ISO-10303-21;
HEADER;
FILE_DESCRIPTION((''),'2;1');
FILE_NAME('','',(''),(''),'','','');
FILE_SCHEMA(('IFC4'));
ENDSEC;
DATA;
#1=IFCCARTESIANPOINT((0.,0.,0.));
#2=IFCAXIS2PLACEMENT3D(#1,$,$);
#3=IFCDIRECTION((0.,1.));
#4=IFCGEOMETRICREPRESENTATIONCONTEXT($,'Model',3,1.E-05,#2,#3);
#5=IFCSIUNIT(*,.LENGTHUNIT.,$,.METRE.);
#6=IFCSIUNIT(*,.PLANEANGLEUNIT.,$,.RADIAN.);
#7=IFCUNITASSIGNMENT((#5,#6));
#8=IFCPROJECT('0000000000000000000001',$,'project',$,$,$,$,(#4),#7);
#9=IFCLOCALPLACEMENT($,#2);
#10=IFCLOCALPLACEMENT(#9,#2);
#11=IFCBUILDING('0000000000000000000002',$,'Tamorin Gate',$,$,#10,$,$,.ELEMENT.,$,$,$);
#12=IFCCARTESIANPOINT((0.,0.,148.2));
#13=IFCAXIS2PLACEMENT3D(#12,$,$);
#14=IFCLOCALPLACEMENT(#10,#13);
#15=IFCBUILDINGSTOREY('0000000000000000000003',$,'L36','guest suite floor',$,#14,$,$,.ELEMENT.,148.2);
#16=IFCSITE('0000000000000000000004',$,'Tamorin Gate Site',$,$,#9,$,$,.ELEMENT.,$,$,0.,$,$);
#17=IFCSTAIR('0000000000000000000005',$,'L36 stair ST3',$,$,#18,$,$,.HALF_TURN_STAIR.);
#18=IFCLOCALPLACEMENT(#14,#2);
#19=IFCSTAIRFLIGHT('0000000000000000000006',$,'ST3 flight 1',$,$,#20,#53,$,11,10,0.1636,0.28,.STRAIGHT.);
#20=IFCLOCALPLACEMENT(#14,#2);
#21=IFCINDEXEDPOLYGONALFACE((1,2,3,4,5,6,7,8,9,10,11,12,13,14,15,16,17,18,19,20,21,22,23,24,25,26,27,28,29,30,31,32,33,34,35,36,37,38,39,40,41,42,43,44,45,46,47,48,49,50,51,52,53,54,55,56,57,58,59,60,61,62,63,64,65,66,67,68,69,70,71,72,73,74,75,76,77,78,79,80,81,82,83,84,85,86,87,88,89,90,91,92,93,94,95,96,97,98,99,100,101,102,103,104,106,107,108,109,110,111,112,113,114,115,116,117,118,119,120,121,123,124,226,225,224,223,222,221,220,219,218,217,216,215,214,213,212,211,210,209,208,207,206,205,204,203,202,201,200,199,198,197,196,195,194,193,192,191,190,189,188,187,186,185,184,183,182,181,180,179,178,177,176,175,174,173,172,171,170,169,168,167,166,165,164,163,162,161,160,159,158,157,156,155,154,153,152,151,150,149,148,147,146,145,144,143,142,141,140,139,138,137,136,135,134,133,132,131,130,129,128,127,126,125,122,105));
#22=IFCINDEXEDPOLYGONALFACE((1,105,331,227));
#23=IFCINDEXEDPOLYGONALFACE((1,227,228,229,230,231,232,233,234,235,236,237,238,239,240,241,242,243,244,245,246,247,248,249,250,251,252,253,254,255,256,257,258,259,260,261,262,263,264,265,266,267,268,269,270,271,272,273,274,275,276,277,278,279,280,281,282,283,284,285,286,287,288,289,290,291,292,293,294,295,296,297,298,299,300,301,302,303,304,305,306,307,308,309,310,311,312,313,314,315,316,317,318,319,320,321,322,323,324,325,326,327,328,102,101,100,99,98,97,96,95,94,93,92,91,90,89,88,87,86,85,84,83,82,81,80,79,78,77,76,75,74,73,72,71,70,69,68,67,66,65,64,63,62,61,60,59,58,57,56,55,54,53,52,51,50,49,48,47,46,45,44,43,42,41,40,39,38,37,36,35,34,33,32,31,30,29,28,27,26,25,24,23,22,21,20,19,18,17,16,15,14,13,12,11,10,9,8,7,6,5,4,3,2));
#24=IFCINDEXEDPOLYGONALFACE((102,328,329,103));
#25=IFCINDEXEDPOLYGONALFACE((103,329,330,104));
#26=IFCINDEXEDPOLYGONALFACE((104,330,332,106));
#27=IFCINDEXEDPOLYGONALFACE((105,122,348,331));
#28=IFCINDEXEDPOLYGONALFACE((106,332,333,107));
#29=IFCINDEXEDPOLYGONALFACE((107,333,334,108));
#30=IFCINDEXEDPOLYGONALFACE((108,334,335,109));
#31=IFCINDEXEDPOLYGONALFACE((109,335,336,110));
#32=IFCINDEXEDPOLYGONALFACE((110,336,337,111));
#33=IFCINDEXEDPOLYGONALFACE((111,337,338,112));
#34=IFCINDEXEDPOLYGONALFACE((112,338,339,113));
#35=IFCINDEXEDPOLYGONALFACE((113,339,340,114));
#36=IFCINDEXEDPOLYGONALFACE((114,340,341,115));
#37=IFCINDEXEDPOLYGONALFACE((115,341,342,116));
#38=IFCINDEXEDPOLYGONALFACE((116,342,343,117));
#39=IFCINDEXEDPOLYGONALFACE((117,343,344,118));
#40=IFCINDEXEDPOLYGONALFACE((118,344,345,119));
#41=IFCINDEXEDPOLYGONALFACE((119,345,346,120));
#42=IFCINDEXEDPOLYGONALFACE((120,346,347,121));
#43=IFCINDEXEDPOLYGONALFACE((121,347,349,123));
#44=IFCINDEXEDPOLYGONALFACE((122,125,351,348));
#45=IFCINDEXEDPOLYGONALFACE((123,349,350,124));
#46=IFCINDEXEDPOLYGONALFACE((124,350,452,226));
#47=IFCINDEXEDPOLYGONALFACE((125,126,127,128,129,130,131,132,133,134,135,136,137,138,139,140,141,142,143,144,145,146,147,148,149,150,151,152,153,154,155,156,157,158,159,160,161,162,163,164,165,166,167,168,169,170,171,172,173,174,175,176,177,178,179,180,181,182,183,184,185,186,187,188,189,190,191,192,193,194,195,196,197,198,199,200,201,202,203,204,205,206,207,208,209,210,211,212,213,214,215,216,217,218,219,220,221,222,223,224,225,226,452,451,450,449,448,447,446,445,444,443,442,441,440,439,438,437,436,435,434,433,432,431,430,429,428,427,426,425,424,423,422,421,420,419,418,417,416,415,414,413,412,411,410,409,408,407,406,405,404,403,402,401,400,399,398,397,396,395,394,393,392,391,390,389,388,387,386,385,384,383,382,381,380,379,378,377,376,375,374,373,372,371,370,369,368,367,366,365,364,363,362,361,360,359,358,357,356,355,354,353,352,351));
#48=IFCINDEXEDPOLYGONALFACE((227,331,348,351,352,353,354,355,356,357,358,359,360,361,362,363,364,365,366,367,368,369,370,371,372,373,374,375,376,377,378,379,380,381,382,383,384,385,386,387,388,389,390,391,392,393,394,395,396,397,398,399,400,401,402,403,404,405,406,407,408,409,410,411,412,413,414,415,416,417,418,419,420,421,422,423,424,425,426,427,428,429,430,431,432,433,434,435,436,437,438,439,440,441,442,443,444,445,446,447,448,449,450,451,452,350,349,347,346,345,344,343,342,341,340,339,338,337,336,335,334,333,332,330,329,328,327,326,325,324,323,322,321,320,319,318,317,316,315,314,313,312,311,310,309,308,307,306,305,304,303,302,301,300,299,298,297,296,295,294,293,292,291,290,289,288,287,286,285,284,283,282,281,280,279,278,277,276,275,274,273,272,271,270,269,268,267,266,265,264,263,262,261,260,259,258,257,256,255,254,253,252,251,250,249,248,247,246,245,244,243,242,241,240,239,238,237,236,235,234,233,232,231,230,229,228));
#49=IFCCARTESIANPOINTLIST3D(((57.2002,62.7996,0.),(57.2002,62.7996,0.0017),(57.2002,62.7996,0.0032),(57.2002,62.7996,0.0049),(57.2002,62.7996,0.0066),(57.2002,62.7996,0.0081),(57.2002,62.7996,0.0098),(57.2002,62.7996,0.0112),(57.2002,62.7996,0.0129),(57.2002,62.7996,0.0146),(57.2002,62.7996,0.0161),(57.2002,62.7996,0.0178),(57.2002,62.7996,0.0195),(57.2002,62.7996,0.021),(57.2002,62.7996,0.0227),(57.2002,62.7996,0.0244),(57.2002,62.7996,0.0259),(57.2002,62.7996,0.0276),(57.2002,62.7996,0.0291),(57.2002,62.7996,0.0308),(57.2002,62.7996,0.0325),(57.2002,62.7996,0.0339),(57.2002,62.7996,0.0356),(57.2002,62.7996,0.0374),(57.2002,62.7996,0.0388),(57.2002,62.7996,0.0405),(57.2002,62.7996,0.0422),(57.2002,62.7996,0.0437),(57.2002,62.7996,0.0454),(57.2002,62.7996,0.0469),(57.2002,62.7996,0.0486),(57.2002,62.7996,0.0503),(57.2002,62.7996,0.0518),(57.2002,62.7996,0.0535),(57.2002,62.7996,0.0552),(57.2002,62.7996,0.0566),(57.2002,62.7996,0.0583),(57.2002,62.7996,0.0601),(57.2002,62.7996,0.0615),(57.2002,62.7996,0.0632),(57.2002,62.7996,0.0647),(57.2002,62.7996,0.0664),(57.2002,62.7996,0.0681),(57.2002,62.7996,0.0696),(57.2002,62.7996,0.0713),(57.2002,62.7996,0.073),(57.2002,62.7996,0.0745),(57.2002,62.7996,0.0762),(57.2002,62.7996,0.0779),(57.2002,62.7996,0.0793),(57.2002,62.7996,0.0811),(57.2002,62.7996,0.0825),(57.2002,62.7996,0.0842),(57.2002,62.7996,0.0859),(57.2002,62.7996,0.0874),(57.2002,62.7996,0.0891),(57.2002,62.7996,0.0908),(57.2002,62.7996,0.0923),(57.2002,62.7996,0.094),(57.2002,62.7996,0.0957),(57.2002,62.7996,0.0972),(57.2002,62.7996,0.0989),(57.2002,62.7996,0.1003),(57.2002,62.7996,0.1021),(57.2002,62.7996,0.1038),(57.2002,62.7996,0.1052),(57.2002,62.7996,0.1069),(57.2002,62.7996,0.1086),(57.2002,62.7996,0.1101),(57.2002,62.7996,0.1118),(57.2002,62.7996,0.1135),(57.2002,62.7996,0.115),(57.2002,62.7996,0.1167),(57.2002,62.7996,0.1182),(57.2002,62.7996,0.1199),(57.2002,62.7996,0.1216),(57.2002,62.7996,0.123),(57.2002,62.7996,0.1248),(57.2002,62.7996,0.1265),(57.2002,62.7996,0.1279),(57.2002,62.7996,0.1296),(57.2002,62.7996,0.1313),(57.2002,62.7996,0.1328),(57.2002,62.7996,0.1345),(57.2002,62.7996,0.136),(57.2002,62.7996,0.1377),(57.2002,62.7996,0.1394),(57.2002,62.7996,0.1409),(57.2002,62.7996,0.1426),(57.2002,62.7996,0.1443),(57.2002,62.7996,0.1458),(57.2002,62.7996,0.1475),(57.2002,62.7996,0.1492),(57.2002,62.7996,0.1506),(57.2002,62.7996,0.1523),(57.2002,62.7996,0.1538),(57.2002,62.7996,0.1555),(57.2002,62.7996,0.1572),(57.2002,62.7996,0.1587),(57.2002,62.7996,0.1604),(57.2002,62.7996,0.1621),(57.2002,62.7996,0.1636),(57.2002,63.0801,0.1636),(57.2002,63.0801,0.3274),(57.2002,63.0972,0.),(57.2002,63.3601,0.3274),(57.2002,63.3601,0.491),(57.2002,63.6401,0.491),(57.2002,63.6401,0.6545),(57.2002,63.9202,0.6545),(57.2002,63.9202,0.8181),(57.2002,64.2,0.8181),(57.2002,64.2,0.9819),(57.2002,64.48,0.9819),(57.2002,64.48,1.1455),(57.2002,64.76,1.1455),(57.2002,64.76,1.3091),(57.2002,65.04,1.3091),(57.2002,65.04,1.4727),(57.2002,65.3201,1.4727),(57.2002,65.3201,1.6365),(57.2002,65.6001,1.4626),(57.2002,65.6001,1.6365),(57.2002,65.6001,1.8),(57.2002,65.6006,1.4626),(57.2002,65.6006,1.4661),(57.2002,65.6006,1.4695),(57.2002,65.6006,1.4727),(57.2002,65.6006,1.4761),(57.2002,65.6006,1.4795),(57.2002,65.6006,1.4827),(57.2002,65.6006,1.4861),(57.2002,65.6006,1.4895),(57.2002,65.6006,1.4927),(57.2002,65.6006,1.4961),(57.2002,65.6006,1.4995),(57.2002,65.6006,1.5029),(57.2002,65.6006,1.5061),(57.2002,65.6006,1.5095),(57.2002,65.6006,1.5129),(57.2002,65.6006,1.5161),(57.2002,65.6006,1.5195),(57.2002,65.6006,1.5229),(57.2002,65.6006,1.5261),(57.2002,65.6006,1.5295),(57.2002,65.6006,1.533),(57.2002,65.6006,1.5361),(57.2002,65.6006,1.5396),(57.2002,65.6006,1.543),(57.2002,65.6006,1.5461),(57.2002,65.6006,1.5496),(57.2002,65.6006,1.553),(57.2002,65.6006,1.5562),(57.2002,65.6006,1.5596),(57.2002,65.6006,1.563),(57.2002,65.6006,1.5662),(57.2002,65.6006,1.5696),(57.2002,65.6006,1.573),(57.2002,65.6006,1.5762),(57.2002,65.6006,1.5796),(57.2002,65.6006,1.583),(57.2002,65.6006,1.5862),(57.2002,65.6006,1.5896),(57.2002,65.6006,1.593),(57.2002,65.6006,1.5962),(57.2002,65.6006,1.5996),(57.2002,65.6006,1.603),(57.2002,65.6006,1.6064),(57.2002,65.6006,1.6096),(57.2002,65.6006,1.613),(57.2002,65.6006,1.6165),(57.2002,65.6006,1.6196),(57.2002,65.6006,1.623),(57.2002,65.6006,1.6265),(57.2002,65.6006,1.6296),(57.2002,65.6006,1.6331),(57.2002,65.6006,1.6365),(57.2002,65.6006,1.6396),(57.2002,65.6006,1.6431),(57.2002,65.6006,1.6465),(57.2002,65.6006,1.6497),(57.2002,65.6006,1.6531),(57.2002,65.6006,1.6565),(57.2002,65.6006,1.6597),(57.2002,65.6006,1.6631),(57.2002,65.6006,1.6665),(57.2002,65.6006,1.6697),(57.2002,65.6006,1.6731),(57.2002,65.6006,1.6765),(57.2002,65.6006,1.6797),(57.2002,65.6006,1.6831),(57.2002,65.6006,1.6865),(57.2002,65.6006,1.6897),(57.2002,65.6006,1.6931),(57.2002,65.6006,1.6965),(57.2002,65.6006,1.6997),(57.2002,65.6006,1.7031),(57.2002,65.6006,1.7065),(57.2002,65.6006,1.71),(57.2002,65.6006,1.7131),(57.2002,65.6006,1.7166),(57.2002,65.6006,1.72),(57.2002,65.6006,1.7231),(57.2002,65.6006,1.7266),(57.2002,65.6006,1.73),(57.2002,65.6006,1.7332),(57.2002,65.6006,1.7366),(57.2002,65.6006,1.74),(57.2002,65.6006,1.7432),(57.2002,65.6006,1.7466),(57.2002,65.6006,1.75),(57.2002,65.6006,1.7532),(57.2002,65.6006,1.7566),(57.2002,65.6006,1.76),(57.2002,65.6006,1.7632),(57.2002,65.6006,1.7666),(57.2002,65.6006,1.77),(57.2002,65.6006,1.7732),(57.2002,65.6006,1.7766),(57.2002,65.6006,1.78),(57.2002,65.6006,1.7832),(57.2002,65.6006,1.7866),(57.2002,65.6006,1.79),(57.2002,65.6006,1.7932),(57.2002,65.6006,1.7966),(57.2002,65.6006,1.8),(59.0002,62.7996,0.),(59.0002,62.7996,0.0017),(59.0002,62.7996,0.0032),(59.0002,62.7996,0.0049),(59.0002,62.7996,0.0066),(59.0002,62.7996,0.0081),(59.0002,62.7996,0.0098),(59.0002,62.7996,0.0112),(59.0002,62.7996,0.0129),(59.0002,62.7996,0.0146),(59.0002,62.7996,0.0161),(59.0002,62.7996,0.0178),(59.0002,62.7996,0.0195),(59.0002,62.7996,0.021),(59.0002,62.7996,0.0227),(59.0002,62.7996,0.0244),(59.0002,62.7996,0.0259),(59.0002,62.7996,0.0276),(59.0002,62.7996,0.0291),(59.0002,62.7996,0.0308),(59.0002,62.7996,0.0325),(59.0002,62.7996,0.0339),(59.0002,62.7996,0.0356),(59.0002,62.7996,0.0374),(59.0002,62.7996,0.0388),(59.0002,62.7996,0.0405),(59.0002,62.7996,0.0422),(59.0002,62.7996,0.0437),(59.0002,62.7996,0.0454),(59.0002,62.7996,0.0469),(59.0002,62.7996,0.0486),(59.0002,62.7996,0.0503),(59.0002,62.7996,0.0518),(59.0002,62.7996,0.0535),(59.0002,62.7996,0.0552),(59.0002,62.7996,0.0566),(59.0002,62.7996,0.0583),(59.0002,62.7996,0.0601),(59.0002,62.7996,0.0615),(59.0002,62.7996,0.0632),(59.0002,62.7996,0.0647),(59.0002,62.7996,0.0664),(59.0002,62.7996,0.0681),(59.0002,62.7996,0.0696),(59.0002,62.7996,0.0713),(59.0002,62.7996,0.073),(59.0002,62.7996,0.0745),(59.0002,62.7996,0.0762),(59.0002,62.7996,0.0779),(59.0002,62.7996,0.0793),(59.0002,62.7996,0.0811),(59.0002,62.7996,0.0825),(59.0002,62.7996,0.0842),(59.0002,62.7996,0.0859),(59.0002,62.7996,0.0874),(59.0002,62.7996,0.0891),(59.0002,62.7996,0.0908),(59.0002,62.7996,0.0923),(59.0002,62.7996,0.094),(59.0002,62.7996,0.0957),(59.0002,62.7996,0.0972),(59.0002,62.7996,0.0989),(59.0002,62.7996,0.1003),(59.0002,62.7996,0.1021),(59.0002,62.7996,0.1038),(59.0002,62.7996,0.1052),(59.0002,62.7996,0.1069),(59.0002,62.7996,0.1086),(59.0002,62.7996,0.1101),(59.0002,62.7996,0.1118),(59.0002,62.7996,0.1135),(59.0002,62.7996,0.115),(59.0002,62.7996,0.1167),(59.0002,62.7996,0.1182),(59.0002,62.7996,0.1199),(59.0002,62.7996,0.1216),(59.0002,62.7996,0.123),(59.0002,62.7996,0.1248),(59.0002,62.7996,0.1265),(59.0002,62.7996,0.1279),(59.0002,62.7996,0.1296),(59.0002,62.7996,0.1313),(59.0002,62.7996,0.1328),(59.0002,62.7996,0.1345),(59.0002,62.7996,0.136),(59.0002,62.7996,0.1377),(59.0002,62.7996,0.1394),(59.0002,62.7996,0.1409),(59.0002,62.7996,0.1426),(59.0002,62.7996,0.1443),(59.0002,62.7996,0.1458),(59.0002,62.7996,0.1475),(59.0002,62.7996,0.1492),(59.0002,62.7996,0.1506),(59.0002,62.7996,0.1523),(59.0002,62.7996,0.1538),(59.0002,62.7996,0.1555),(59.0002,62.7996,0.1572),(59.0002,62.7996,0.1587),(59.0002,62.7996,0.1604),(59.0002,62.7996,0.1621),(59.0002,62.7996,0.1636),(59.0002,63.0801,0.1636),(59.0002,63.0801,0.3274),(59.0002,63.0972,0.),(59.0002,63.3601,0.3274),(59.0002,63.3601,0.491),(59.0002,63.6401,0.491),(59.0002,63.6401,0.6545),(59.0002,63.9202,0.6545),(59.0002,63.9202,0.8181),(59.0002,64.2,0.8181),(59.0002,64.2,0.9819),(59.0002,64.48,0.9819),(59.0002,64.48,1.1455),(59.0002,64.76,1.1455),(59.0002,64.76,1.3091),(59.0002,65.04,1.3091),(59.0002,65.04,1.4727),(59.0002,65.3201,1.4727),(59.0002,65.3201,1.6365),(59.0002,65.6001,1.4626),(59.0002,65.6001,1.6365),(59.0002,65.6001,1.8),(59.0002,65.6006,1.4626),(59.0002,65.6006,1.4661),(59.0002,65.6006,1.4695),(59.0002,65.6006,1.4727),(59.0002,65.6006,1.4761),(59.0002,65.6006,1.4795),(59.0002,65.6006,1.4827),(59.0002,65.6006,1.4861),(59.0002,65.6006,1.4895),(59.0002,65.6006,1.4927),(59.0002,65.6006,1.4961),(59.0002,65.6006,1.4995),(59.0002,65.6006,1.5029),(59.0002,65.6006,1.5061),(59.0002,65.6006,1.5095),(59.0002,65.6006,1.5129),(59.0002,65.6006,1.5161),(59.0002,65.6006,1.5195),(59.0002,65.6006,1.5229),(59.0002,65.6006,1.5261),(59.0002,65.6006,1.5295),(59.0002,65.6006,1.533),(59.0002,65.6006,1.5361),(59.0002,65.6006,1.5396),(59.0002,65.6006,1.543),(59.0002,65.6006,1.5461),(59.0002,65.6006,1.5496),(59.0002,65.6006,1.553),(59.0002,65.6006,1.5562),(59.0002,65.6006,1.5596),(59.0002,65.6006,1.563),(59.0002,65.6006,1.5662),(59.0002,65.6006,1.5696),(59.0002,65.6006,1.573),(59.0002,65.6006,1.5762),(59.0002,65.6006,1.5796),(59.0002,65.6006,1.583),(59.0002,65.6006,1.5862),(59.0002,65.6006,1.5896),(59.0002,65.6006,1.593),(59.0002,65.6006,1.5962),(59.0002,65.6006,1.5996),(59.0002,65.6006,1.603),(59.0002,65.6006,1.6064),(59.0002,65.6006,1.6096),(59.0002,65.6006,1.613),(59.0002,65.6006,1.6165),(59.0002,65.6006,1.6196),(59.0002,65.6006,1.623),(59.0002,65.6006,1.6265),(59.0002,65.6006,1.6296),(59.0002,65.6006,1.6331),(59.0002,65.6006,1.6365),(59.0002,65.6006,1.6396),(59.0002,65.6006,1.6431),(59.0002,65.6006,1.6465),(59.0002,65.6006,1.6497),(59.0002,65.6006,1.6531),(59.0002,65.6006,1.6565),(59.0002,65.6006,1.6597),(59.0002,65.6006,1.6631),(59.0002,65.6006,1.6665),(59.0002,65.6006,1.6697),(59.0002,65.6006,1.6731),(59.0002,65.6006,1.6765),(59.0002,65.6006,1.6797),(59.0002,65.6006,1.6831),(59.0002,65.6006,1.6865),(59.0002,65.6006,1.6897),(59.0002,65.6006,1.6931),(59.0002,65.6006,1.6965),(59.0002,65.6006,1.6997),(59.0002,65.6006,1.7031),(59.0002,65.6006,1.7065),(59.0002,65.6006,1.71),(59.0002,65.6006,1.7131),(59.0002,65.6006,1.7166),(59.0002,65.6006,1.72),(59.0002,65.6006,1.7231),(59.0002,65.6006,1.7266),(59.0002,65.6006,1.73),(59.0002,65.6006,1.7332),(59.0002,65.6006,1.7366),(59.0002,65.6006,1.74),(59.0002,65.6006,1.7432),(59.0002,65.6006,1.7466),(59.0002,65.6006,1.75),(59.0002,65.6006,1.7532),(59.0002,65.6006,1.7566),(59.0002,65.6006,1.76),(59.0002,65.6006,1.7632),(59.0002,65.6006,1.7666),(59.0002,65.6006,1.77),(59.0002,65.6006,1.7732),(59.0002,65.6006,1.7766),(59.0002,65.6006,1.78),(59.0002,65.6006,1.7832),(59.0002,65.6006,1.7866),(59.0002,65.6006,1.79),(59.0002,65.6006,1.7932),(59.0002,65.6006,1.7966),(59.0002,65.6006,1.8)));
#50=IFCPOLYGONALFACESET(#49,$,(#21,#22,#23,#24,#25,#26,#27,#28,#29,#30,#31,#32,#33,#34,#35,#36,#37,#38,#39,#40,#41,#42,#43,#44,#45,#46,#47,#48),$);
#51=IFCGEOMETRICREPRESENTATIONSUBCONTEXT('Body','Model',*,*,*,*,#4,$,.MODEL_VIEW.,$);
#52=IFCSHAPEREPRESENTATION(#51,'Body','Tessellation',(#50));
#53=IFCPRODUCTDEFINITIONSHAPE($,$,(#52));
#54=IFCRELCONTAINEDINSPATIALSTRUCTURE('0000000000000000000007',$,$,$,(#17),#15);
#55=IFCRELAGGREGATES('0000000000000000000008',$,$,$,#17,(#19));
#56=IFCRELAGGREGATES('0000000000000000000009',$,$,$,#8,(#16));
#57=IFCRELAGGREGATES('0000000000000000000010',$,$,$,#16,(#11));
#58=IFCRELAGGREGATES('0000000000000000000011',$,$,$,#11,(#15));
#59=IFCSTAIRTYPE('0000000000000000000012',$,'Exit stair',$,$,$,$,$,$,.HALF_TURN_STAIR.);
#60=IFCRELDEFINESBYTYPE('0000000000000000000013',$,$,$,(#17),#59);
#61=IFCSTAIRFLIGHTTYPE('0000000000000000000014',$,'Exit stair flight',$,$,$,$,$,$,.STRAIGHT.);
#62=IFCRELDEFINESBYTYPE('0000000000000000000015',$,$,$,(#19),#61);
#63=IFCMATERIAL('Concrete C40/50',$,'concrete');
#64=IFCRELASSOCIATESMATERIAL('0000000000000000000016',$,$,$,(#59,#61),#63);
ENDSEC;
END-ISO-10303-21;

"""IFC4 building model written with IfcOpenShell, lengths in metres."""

from ifc_helpers import new_model, si_unit, direction, frame, origin, place, context, subcontext, project, spatial, polyline, outline, extrude, material, type_object, element, aggregate, save


model = new_model("IFC4")

# Units and contexts
model_context = context("Model", 3, precision=1e-05, world=origin(), true_north=direction((0.0, 1.0)))
body_context = subcontext(model_context, "Body", "Model", "MODEL_VIEW")
ifc_project = project(units=[si_unit("LENGTHUNIT", "METRE"), si_unit("PLANEANGLEUNIT", "RADIAN")], contexts=[model_context])

# Site, building, storey
site_placement = place(None, origin())
site = spatial("IfcSite", under=ifc_project, at=site_placement, Name="Tamorin Gate Site", CompositionType="ELEMENT", RefElevation=0.0)
building_placement = place(site_placement, origin())
building = spatial("IfcBuilding", under=site, at=building_placement, Name="Tamorin Gate", CompositionType="ELEMENT")
storey_placement = place(building_placement, frame((0.0, 0.0, 148.2)))
storey = spatial("IfcBuildingStorey", under=building, at=storey_placement, Name="L36", Description="guest suite floor", CompositionType="ELEMENT", Elevation=148.2)

# Stair, stair flight
ifc_material_1 = material(Name="Concrete C40/50", Category="concrete")
stair_type = type_object("IfcStairType", Name="Exit stair", PredefinedType="HALF_TURN_STAIR", material=ifc_material_1)
stair_placement = place(storey_placement, origin())
stair = element("IfcStair", 1, at=stair_placement, inside=storey, type_object=stair_type, Name="L36 stair ST3", PredefinedType="HALF_TURN_STAIR")
stair_flight_type = type_object("IfcStairFlightType", Name="Exit stair flight", PredefinedType="STRAIGHT", material=ifc_material_1)
stair_flight_placement = place(storey_placement, frame((58.1001, 62.8, 0.0), z_axis=(0.0, 0.0, 1.0), x_axis=(0.0, 1.0, 0.0)))
stair_flight = element("IfcStairFlight", 2, at=stair_flight_placement, type_object=stair_flight_type, Name="ST3 flight 1", NumberOfRisers=11, NumberOfTreads=10, PredefinedType="STRAIGHT", RiserHeight=0.1636, TreadLength=0.28, context=body_context, shape_type="SweptSolid", body=[
    extrude(outline(polyline([(-0.0005, 0.0), (-0.0005, 0.0017), (-0.0005, 0.0032), (-0.0005, 0.0049), (-0.0005, 0.0066), (-0.0005, 0.0081), (-0.0005, 0.0098), (-0.0005, 0.0112), (-0.0005, 0.0129), (-0.0005, 0.0146), (-0.0005, 0.0161), (-0.0005, 0.0178), (-0.0005, 0.0195), (-0.0005, 0.021), (-0.0005, 0.0227), (-0.0005, 0.0244), (-0.0005, 0.0259), (-0.0005, 0.0276), (-0.0005, 0.0291), (-0.0005, 0.0308), (-0.0005, 0.0325), (-0.0005, 0.0339), (-0.0005, 0.0356), (-0.0005, 0.0374), (-0.0005, 0.0388), (-0.0005, 0.0405), (-0.0005, 0.0422), (-0.0005, 0.0437), (-0.0005, 0.0454), (-0.0005, 0.0469), (-0.0005, 0.0486), (-0.0005, 0.0503), (-0.0005, 0.0518), (-0.0005, 0.0535), (-0.0005, 0.0552), (-0.0005, 0.0566), (-0.0005, 0.0583), (-0.0005, 0.0601), (-0.0005, 0.0615), (-0.0005, 0.0632), (-0.0005, 0.0647), (-0.0005, 0.0664), (-0.0005, 0.0681), (-0.0005, 0.0696), (-0.0005, 0.0713), (-0.0005, 0.073), (-0.0005, 0.0745), (-0.0005, 0.0762), (-0.0005, 0.0779), (-0.0005, 0.0793), (-0.0005, 0.0811), (-0.0005, 0.0825), (-0.0005, 0.0842), (-0.0005, 0.0859), (-0.0005, 0.0874), (-0.0005, 0.0891), (-0.0005, 0.0908), (-0.0005, 0.0923), (-0.0005, 0.094), (-0.0005, 0.0957), (-0.0005, 0.0972), (-0.0005, 0.0989), (-0.0005, 0.1003), (-0.0005, 0.1021), (-0.0005, 0.1038), (-0.0005, 0.1052), (-0.0005, 0.1069), (-0.0005, 0.1086), (-0.0005, 0.1101), (-0.0005, 0.1118), (-0.0005, 0.1135), (-0.0005, 0.115), (-0.0005, 0.1167), (-0.0005, 0.1182), (-0.0005, 0.1199), (-0.0005, 0.1216), (-0.0005, 0.123), (-0.0005, 0.1248), (-0.0005, 0.1265), (-0.0005, 0.1279), (-0.0005, 0.1296), (-0.0005, 0.1313), (-0.0005, 0.1328), (-0.0005, 0.1345), (-0.0005, 0.136), (-0.0005, 0.1377), (-0.0005, 0.1394), (-0.0005, 0.1409), (-0.0005, 0.1426), (-0.0005, 0.1443), (-0.0005, 0.1458), (-0.0005, 0.1475), (-0.0005, 0.1492), (-0.0005, 0.1506), (-0.0005, 0.1523), (-0.0005, 0.1538), (-0.0005, 0.1555), (-0.0005, 0.1572), (-0.0005, 0.1587), (-0.0005, 0.1604), (-0.0005, 0.1621), (-0.0005, 0.1636), (0.28, 0.1636), (0.28, 0.3274), (0.5601, 0.3274), (0.5601, 0.491), (0.8401, 0.491), (0.8401, 0.6545), (1.1201, 0.6545), (1.1201, 0.8181), (1.3999, 0.8181), (1.3999, 0.9819), (1.6799, 0.9819), (1.6799, 1.1455), (1.96, 1.1455), (1.96, 1.3091), (2.24, 1.3091), (2.24, 1.4727), (2.52, 1.4727), (2.52, 1.6365), (2.8, 1.6365), (2.8, 1.8), (2.8005, 1.8), (2.8005, 1.7966), (2.8005, 1.7932), (2.8005, 1.79), (2.8005, 1.7866), (2.8005, 1.7832), (2.8005, 1.78), (2.8005, 1.7766), (2.8005, 1.7732), (2.8005, 1.77), (2.8005, 1.7666), (2.8005, 1.7632), (2.8005, 1.76), (2.8005, 1.7566), (2.8005, 1.7532), (2.8005, 1.75), (2.8005, 1.7466), (2.8005, 1.7432), (2.8005, 1.74), (2.8005, 1.7366), (2.8005, 1.7332), (2.8005, 1.73), (2.8005, 1.7266), (2.8005, 1.7231), (2.8005, 1.72), (2.8005, 1.7166), (2.8005, 1.7131), (2.8005, 1.71), (2.8005, 1.7065), (2.8005, 1.7031), (2.8005, 1.6997), (2.8005, 1.6965), (2.8005, 1.6931), (2.8005, 1.6897), (2.8005, 1.6865), (2.8005, 1.6831), (2.8005, 1.6797), (2.8005, 1.6765), (2.8005, 1.6731), (2.8005, 1.6697), (2.8005, 1.6665), (2.8005, 1.6631), (2.8005, 1.6597), (2.8005, 1.6565), (2.8005, 1.6531), (2.8005, 1.6497), (2.8005, 1.6465), (2.8005, 1.6431), (2.8005, 1.6396), (2.8005, 1.6365), (2.8005, 1.6331), (2.8005, 1.6296), (2.8005, 1.6265), (2.8005, 1.623), (2.8005, 1.6196), (2.8005, 1.6165), (2.8005, 1.613), (2.8005, 1.6096), (2.8005, 1.6064), (2.8005, 1.603), (2.8005, 1.5996), (2.8005, 1.5962), (2.8005, 1.593), (2.8005, 1.5896), (2.8005, 1.5862), (2.8005, 1.583), (2.8005, 1.5796), (2.8005, 1.5762), (2.8005, 1.573), (2.8005, 1.5696), (2.8005, 1.5662), (2.8005, 1.563), (2.8005, 1.5596), (2.8005, 1.5562), (2.8005, 1.553), (2.8005, 1.5496), (2.8005, 1.5461), (2.8005, 1.543), (2.8005, 1.5396), (2.8005, 1.5361), (2.8005, 1.533), (2.8005, 1.5295), (2.8005, 1.5261), (2.8005, 1.5229), (2.8005, 1.5195), (2.8005, 1.5161), (2.8005, 1.5129), (2.8005, 1.5095), (2.8005, 1.5061), (2.8005, 1.5029), (2.8005, 1.4995), (2.8005, 1.4961), (2.8005, 1.4927), (2.8005, 1.4895), (2.8005, 1.4861), (2.8005, 1.4827), (2.8005, 1.4795), (2.8005, 1.4761), (2.8005, 1.4727), (2.8005, 1.4695), (2.8005, 1.4661), (2.8005, 1.4626), (2.8, 1.4626), (0.2971, 0.0), (-0.0005, 0.0)])), frame((0.0, 0.8999, 0.0), z_axis=(0.0, -1.0, 0.0), x_axis=(1.0, 0.0, 0.0)), (0.0, 0.0, 1.0), 1.8),
])
aggregate(stair, [stair_flight])

save(model, "model.ifc")
